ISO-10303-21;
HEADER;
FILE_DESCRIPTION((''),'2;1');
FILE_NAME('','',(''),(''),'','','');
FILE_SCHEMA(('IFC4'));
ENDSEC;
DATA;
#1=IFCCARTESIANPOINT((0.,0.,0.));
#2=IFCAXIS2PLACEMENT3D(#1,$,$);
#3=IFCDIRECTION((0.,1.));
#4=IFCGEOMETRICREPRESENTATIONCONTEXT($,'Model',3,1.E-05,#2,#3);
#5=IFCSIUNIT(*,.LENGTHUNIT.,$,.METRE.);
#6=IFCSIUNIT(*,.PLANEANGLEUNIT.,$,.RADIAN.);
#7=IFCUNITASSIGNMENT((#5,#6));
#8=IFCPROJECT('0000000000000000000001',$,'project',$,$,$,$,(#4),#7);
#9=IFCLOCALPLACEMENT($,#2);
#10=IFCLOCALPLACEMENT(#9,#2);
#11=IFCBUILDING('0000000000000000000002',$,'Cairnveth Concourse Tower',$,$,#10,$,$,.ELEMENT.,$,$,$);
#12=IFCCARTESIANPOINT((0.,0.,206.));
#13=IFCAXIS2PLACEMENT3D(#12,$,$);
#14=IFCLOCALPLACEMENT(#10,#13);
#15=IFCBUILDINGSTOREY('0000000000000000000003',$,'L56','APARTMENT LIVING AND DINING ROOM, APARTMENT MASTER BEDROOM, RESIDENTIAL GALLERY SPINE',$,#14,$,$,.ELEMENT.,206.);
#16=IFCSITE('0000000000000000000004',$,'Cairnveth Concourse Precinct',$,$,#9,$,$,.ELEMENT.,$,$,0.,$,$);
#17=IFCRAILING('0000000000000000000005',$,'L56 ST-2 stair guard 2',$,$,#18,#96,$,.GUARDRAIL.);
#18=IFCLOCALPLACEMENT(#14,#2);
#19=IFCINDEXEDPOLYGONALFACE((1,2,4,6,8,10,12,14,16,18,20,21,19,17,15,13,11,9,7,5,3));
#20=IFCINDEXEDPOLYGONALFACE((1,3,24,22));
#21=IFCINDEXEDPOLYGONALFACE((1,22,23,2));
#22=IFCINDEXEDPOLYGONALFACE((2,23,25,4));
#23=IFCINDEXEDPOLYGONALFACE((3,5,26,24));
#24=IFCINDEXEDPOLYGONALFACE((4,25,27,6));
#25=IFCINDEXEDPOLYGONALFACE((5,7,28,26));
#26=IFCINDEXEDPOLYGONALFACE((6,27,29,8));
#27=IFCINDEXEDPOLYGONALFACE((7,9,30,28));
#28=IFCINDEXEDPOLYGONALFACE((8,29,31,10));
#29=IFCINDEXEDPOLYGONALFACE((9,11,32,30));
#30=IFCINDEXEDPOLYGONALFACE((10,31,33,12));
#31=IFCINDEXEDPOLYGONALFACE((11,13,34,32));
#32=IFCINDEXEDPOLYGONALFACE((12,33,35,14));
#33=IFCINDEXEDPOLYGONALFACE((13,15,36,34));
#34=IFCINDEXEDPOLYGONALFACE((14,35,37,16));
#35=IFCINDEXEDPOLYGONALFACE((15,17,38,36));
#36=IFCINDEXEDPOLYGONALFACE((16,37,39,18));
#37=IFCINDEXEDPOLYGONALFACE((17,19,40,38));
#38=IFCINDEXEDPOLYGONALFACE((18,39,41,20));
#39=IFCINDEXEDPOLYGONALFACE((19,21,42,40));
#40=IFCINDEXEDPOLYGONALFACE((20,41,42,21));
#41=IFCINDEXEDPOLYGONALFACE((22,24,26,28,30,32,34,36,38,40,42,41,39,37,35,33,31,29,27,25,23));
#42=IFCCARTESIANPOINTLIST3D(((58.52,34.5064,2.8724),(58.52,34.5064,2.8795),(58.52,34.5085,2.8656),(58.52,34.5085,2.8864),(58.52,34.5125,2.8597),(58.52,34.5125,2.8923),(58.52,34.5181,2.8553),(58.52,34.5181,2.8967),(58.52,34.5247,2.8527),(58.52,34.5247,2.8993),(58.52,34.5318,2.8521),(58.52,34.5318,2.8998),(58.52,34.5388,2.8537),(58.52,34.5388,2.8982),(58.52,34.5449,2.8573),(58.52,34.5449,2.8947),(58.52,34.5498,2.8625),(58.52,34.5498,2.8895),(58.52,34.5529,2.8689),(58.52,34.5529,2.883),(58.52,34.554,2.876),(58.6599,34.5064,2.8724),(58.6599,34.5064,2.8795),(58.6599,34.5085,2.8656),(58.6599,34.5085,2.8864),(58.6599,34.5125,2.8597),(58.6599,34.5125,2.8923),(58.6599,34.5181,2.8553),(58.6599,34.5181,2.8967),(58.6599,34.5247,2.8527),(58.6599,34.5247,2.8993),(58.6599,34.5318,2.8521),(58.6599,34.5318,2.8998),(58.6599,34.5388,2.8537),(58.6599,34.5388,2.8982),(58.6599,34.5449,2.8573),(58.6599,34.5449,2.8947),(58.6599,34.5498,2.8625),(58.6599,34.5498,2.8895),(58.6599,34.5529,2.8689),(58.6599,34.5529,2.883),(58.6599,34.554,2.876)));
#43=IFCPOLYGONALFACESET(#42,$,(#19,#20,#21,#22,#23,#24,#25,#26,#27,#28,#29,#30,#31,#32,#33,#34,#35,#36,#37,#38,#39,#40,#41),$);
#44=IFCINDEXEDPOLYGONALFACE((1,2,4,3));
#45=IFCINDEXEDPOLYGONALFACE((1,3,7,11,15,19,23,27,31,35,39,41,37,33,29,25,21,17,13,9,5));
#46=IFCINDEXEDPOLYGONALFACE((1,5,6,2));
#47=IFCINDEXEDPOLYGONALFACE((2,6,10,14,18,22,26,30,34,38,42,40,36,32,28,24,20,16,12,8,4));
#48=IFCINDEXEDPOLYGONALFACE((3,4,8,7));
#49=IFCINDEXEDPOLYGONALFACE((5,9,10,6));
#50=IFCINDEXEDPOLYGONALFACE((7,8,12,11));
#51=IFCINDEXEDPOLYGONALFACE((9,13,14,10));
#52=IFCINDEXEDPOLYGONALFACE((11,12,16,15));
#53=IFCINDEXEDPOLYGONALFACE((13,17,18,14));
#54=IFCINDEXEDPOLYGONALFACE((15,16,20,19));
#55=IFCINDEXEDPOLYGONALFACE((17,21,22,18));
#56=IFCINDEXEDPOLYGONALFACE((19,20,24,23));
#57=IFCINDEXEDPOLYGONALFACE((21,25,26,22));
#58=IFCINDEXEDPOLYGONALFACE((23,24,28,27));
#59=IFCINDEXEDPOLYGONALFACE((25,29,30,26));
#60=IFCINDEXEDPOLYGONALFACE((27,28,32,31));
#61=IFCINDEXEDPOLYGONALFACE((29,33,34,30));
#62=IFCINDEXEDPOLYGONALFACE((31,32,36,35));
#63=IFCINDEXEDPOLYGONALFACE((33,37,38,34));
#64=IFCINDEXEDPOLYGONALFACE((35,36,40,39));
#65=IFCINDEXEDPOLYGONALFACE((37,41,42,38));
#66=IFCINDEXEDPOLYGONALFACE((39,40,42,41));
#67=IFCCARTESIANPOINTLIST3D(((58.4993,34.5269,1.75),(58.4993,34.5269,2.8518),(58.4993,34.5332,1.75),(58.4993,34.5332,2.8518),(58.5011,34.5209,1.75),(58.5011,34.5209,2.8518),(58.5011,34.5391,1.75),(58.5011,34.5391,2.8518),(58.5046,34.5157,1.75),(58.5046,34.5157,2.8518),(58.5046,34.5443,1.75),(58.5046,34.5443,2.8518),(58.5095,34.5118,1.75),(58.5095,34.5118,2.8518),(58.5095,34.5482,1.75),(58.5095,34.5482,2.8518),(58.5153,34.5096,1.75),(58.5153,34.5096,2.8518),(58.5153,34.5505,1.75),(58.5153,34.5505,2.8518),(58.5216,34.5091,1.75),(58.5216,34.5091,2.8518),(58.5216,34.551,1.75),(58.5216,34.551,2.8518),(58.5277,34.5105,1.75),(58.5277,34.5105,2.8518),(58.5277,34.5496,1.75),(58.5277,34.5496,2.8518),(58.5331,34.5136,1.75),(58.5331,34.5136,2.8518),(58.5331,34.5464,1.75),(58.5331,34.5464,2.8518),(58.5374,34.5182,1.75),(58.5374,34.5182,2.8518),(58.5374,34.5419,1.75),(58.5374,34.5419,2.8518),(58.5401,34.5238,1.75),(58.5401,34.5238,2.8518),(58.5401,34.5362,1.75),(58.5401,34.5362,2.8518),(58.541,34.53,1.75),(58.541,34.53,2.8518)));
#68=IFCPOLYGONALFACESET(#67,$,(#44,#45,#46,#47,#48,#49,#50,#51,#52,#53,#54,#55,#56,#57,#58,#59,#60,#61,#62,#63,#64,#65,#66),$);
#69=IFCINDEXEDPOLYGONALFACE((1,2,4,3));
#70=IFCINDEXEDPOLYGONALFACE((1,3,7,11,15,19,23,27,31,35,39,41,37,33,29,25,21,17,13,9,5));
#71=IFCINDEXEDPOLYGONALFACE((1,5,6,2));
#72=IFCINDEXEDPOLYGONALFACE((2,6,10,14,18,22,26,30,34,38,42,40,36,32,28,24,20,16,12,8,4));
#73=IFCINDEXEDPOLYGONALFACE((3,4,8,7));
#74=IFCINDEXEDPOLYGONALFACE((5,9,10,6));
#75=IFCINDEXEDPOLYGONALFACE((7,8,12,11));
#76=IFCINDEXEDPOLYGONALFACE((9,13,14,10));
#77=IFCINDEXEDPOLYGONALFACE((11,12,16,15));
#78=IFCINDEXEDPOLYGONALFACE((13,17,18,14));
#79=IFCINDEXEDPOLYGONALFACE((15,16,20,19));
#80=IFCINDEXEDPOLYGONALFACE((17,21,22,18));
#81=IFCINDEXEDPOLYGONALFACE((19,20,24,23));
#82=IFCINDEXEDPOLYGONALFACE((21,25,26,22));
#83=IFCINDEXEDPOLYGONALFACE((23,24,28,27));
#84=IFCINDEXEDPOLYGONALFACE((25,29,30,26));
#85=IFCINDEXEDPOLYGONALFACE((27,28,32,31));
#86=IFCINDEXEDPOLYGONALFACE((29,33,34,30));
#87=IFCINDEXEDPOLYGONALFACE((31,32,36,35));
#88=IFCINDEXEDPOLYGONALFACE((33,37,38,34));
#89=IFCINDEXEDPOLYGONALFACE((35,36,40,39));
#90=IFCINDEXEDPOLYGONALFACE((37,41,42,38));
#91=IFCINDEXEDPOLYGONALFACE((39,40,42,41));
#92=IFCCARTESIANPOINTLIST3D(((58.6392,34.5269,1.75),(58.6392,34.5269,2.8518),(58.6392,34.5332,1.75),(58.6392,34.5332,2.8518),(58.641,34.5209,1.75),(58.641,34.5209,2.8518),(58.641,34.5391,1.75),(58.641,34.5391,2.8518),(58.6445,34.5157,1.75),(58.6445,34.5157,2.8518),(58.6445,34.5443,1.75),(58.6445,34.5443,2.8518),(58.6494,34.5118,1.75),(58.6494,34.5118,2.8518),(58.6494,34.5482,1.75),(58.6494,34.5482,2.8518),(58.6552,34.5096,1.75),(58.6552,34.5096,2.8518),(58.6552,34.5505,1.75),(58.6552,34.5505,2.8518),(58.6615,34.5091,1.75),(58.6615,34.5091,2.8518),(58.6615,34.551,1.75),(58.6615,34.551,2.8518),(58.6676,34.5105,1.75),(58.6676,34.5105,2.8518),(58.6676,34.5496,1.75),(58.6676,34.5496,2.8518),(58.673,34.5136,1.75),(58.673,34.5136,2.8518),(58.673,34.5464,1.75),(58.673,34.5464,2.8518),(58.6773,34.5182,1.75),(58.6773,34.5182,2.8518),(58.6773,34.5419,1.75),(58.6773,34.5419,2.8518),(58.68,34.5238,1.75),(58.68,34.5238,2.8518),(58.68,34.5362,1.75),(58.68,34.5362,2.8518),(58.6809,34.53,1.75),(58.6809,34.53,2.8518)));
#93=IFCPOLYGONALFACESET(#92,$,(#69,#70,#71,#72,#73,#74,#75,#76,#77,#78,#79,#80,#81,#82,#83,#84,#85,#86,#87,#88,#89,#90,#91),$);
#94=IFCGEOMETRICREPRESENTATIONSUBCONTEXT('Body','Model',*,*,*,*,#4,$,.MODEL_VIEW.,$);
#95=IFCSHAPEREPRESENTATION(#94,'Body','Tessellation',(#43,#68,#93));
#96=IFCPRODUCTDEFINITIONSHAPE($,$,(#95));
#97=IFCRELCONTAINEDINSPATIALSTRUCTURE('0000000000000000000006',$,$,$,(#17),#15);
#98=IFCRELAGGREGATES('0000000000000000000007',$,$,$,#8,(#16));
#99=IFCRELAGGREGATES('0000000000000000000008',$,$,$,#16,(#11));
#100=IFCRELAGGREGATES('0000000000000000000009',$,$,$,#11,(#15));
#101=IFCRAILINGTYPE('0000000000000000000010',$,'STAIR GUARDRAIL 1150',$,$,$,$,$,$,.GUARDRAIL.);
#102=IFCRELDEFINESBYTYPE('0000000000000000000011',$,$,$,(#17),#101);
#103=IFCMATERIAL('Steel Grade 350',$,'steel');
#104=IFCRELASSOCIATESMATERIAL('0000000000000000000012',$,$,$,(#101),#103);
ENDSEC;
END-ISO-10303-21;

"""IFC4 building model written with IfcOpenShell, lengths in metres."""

from ifc_helpers import new_model, si_unit, direction, frame, origin, origin_2d, place, context, subcontext, project, spatial, circle, extrude, material, type_object, element, save


model = new_model("IFC4")

# Units and contexts
model_context = context("Model", 3, precision=1e-05, world=origin(), true_north=direction((0.0, 1.0)))
body_context = subcontext(model_context, "Body", "Model", "MODEL_VIEW")
ifc_project = project(units=[si_unit("LENGTHUNIT", "METRE"), si_unit("PLANEANGLEUNIT", "RADIAN")], contexts=[model_context])

# Site, building, storey
site_placement = place(None, origin())
site = spatial("IfcSite", under=ifc_project, at=site_placement, Name="Cairnveth Concourse Precinct", CompositionType="ELEMENT", RefElevation=0.0)
building_placement = place(site_placement, origin())
building = spatial("IfcBuilding", under=site, at=building_placement, Name="Cairnveth Concourse Tower", CompositionType="ELEMENT")
storey_placement = place(building_placement, frame((0.0, 0.0, 206.0)))
storey = spatial("IfcBuildingStorey", under=building, at=storey_placement, Name="L56", Description="APARTMENT LIVING AND DINING ROOM, APARTMENT MASTER BEDROOM, RESIDENTIAL GALLERY SPINE", CompositionType="ELEMENT", Elevation=206.0)

# Shared definitions
ifc_material_1 = material(Name="Steel Grade 350", Category="steel")

# Railing
railing_type_1 = type_object("IfcRailingType", Name="STAIR GUARDRAIL 1150", PredefinedType="GUARDRAIL", material=ifc_material_1)
railing_1_placement = place(storey_placement, frame((58.52, 34.53, 1.75)))
element("IfcRailing", 1, at=railing_1_placement, inside=storey, type_object=railing_type_1, Name="L56 ST-2 stair guard 2", PredefinedType="GUARDRAIL", context=body_context, shape_type="SweptSolid", body=[
    extrude(circle(Radius=0.0239, at=origin_2d()), frame((0.0, 0.0, 1.126), z_axis=(1.0, 0.0, 0.0), x_axis=(0.0, 1.0, 0.0)), (0.0, 0.0, 1.0), 0.1399),
    extrude(circle(Radius=0.021, at=origin_2d()), origin(), (0.0, 0.0, 1.0), 1.1018),
    extrude(circle(Radius=0.021, at=origin_2d()), frame((0.1399, 0.0, 0.0)), (0.0, 0.0, 1.0), 1.1018),
])

save(model, "model.ifc")
